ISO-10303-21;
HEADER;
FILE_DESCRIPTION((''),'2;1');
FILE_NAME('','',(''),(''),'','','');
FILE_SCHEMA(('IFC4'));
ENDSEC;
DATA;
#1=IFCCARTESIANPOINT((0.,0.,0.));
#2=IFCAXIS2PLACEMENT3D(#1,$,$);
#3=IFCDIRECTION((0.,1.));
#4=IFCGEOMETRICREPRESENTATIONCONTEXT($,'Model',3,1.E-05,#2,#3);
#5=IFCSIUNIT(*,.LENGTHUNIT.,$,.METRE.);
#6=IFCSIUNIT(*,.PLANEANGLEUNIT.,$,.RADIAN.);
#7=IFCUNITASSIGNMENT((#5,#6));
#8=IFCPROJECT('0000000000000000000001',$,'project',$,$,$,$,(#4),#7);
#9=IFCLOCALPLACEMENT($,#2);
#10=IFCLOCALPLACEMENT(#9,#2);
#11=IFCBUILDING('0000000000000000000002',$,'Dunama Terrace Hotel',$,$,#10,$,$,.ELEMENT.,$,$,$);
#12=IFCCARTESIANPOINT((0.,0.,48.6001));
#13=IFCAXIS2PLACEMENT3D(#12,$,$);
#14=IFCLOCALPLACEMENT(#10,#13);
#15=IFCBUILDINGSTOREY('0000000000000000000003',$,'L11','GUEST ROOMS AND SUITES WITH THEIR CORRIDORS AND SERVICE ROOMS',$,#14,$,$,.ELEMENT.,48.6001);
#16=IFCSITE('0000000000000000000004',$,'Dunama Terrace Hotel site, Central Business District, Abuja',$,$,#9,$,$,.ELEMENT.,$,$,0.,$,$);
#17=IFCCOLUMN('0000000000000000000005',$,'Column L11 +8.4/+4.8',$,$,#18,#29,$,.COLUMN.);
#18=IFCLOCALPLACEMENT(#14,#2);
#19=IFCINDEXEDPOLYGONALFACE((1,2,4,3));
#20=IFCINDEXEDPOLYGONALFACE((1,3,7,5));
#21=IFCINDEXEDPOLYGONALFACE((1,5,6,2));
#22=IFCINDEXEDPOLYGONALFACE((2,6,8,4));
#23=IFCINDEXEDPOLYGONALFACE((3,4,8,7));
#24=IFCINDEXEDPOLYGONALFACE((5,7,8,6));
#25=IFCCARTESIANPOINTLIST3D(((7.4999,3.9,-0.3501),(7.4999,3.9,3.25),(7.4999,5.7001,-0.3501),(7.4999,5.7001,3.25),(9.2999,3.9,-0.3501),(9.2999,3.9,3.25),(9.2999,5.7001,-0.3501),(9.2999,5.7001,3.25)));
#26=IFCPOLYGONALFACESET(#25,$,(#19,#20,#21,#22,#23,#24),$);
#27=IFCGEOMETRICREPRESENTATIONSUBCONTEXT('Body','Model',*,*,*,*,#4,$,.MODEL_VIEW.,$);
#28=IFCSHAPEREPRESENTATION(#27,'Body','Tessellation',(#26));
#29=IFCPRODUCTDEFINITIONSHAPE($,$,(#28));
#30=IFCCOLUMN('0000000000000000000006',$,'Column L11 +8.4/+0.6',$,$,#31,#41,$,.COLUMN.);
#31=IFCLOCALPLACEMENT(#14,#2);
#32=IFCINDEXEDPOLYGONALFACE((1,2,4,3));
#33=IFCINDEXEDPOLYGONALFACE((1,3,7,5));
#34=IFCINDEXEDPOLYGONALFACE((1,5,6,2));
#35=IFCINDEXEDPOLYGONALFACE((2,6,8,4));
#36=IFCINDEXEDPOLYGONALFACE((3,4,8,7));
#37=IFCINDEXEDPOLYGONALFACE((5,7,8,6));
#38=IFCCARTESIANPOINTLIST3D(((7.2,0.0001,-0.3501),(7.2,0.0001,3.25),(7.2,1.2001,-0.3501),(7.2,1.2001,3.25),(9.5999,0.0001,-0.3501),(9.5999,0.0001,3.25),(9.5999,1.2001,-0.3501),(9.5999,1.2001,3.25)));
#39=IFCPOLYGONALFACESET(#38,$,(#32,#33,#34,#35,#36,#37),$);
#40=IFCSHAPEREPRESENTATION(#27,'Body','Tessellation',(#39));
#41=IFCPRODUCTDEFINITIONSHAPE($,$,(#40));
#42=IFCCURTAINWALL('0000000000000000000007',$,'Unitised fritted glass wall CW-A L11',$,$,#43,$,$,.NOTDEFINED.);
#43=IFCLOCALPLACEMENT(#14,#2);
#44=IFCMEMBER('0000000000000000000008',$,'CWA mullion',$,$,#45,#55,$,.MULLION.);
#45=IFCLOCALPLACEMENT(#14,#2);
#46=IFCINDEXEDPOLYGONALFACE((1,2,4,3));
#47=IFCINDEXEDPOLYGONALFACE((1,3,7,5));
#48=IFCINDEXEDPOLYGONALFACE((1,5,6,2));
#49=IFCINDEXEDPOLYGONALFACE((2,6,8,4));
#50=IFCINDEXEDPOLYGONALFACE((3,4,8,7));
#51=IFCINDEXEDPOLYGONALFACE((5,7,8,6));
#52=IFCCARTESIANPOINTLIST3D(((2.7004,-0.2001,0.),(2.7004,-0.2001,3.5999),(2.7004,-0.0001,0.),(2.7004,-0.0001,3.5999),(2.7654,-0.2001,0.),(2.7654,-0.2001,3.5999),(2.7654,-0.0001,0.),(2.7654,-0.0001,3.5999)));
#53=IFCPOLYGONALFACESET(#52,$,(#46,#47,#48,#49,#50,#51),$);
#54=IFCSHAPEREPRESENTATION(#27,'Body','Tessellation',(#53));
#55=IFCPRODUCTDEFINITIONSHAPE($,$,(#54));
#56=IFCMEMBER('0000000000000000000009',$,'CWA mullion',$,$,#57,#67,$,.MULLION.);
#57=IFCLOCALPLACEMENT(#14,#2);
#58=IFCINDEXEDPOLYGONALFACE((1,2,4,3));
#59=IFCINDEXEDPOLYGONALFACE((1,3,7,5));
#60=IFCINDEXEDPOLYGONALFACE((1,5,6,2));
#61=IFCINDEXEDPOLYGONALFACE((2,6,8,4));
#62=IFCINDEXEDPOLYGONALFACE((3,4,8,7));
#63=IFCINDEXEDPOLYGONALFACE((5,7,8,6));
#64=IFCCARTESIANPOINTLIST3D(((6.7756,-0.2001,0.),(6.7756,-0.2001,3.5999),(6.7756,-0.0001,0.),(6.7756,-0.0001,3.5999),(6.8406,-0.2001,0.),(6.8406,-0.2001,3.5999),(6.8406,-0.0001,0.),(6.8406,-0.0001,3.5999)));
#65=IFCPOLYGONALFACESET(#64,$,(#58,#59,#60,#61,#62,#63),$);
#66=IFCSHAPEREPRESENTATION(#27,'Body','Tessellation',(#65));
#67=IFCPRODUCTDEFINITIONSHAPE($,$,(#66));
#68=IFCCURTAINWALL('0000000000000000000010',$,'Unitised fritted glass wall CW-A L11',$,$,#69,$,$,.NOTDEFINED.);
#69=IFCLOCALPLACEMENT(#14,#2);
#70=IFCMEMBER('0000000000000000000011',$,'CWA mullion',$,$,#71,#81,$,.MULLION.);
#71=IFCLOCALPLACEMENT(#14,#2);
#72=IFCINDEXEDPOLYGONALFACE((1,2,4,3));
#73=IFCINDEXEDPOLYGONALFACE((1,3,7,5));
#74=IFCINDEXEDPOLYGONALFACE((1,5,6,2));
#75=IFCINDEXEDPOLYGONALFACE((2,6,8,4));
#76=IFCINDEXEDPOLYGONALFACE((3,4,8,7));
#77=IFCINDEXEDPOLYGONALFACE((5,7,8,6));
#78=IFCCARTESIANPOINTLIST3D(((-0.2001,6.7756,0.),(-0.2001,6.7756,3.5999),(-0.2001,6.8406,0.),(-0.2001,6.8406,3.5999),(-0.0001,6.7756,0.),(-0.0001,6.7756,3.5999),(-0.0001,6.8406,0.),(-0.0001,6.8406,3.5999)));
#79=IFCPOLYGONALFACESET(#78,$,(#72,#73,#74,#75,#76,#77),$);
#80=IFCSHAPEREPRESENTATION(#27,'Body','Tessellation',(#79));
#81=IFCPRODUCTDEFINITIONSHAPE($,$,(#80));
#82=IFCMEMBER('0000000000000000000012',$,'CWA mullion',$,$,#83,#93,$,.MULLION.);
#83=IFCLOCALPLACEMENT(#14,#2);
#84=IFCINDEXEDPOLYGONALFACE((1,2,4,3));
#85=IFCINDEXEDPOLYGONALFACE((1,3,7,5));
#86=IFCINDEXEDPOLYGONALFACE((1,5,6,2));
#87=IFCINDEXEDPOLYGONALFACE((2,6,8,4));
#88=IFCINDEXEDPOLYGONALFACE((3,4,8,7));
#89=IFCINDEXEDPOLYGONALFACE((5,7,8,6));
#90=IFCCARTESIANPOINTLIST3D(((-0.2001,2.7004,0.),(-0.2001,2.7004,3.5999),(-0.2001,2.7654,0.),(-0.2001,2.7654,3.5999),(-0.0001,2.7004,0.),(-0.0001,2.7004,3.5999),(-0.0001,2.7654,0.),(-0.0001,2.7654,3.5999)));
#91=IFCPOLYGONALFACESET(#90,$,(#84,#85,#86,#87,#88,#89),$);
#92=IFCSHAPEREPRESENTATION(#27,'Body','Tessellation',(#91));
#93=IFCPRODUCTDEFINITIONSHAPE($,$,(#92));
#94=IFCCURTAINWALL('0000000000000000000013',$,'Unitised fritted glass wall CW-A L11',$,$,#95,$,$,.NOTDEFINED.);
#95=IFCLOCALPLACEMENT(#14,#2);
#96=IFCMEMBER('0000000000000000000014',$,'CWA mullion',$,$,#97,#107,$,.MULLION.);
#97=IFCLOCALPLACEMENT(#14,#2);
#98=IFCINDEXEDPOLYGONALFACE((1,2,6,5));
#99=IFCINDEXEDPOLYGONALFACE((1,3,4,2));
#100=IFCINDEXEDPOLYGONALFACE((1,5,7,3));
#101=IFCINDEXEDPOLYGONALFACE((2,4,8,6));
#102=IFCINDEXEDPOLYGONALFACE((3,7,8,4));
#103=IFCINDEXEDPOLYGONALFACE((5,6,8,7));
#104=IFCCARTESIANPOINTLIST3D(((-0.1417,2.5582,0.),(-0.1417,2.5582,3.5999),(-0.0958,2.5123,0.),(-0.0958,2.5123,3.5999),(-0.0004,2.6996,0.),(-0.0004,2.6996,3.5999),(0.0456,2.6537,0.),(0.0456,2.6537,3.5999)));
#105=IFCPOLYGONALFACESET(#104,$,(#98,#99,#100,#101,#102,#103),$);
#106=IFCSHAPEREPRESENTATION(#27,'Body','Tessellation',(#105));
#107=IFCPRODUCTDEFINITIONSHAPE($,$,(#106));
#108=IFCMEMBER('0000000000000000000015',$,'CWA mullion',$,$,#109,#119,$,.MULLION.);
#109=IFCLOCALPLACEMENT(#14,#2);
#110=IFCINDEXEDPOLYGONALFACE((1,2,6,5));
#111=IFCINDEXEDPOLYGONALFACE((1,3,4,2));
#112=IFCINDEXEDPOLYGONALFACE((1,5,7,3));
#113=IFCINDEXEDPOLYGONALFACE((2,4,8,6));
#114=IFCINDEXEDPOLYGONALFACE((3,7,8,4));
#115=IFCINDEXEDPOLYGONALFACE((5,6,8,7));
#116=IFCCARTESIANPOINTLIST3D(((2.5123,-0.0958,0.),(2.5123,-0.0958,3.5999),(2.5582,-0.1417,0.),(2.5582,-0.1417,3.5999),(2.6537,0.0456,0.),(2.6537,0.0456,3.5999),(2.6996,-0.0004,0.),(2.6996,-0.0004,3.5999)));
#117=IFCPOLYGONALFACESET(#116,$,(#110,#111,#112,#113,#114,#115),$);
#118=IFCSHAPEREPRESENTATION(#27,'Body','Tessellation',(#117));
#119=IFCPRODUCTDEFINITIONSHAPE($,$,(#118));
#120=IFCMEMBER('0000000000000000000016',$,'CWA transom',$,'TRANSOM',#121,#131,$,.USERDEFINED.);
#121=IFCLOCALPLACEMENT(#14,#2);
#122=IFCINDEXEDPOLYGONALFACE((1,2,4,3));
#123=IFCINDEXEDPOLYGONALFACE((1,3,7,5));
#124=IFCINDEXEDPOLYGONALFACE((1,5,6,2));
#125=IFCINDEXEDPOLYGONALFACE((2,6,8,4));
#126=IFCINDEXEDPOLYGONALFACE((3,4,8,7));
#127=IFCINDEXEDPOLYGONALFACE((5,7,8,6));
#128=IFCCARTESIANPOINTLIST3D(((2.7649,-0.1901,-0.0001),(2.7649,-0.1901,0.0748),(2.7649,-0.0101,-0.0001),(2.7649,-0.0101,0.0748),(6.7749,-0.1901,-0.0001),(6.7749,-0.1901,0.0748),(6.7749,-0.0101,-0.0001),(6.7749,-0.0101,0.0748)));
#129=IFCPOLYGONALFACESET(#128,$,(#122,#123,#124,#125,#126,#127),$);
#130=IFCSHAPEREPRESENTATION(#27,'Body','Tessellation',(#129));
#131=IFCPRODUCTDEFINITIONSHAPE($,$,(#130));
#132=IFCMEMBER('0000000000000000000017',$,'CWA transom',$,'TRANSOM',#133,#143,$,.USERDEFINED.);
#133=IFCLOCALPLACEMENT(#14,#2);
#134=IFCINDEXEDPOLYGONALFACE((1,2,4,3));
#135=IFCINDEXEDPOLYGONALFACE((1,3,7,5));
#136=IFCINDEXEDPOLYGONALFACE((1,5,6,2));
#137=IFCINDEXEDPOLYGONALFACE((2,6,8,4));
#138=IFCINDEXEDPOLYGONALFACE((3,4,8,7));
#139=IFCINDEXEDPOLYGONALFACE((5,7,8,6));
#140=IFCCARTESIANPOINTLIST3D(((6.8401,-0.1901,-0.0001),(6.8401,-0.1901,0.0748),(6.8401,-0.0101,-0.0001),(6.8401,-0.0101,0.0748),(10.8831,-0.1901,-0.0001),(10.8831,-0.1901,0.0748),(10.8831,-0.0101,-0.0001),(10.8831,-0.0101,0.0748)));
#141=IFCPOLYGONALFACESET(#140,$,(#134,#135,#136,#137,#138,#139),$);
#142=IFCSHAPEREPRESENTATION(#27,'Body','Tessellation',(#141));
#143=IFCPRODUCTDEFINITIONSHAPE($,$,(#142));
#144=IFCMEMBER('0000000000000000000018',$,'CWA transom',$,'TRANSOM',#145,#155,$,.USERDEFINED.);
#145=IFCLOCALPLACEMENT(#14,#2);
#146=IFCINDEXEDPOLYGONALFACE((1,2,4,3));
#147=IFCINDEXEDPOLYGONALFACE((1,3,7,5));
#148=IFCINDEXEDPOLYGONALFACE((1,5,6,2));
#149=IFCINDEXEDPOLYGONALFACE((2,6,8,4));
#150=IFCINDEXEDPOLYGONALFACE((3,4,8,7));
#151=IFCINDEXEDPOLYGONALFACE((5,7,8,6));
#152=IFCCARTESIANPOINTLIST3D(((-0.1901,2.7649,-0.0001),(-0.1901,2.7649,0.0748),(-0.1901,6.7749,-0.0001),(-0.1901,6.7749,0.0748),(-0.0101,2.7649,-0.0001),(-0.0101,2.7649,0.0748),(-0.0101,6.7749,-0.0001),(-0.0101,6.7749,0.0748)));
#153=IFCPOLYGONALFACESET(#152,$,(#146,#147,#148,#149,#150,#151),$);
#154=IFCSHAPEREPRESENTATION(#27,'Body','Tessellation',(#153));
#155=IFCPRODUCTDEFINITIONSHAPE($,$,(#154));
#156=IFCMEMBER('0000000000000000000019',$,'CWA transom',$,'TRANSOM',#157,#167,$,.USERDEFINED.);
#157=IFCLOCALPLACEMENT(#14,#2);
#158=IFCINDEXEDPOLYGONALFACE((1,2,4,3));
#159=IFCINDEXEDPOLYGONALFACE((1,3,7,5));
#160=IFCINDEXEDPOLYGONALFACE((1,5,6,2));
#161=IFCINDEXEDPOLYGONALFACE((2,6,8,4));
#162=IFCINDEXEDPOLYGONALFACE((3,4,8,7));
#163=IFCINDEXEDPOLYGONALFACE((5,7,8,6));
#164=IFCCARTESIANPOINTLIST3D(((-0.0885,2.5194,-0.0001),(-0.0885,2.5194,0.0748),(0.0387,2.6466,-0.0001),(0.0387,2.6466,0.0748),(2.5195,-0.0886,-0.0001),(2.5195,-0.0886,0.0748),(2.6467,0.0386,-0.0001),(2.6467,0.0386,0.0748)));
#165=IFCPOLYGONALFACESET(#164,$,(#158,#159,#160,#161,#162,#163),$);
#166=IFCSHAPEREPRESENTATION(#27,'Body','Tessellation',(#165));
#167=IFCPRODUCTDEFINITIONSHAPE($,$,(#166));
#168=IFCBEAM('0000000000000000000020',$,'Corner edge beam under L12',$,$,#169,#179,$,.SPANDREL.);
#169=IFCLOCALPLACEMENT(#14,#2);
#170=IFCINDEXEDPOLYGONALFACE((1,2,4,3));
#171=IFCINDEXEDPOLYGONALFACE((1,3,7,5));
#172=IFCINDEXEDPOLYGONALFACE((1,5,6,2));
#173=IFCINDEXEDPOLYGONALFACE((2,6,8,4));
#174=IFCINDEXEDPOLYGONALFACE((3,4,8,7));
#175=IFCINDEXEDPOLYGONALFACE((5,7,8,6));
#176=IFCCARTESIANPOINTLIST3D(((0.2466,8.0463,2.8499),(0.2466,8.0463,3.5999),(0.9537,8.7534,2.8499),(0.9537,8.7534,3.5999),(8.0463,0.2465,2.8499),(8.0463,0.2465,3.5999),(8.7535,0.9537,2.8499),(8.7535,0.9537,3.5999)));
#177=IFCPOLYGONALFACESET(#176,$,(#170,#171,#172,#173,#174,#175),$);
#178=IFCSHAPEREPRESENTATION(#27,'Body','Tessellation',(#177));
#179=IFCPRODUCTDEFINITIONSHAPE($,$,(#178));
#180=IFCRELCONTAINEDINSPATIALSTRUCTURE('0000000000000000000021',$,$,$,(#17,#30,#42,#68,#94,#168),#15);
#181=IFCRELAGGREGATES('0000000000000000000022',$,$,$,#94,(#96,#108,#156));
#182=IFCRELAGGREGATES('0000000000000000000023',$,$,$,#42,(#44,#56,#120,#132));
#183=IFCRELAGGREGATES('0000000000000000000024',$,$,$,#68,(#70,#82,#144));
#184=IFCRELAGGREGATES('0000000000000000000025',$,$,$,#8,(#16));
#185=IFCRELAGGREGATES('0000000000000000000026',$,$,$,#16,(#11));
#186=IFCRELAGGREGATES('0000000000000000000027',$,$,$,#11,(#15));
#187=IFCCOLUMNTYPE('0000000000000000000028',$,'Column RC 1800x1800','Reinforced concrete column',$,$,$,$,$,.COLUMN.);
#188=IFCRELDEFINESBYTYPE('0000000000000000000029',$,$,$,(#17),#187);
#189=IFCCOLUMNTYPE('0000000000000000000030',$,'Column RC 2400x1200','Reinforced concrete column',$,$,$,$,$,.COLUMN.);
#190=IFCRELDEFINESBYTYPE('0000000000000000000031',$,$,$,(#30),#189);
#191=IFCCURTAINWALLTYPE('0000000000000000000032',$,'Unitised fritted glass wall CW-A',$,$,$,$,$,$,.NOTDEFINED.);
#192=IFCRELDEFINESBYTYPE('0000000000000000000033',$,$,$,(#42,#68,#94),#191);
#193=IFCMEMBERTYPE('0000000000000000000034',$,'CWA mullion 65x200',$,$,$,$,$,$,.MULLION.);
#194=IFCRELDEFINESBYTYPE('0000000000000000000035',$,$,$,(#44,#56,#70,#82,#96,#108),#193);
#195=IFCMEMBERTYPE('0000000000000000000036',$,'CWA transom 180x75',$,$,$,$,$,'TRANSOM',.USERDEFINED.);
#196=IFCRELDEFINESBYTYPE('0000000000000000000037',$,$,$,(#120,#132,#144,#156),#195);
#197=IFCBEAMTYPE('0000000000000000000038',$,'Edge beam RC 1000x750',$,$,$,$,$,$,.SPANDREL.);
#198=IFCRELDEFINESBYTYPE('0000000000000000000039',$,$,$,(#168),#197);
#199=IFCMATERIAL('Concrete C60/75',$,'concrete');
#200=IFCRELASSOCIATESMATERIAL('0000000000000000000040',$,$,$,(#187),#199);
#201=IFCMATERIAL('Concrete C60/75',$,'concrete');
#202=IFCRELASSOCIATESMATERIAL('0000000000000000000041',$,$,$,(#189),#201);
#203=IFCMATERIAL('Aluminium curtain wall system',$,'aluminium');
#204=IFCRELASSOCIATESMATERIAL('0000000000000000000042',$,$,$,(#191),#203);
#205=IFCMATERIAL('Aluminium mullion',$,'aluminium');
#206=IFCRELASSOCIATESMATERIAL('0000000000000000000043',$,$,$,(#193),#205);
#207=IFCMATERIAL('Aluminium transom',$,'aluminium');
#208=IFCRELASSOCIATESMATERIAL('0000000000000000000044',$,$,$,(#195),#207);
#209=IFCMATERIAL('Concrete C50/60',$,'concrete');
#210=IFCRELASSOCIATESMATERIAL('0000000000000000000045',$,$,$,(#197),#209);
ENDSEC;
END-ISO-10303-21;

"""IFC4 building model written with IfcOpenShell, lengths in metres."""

from ifc_helpers import new_model, si_unit, direction, frame, origin, origin_2d, place, context, subcontext, project, spatial, rectangle, extrude, material, material_profile, profile_set, type_object, element, aggregate, save


model = new_model("IFC4")

# Units and contexts
model_context = context("Model", 3, precision=1e-05, world=origin(), true_north=direction((0.0, 1.0)))
body_context = subcontext(model_context, "Body", "Model", "MODEL_VIEW")
ifc_project = project(units=[si_unit("LENGTHUNIT", "METRE"), si_unit("PLANEANGLEUNIT", "RADIAN")], contexts=[model_context])

# Site, building, storey
site_placement = place(None, origin())
site = spatial("IfcSite", under=ifc_project, at=site_placement, Name="Dunama Terrace Hotel site, Central Business District, Abuja", CompositionType="ELEMENT", RefElevation=0.0)
building_placement = place(site_placement, origin())
building = spatial("IfcBuilding", under=site, at=building_placement, Name="Dunama Terrace Hotel", CompositionType="ELEMENT")
storey_placement = place(building_placement, frame((0.0, 0.0, 48.6001)))
storey = spatial("IfcBuildingStorey", under=building, at=storey_placement, Name="L11", Description="GUEST ROOMS AND SUITES WITH THEIR CORRIDORS AND SERVICE ROOMS", CompositionType="ELEMENT", Elevation=48.6001)

# Columns
ifc_material_1 = material(Name="Concrete C60/75", Category="concrete")
ifc_material_profile_1 = material_profile(ifc_material_1, rectangle(XDim=1.8, YDim=1.8, at=origin_2d()), Name="RC 1800x1800")
ifc_profile_set_1 = profile_set([ifc_material_profile_1], Name="Concrete C60/75")
column_type_1 = type_object("IfcColumnType", Name="Column RC 1800x1800", Description="Reinforced concrete column", PredefinedType="COLUMN", material=ifc_profile_set_1)
column_1_placement = place(storey_placement, frame((8.3999, 4.8, -0.3501), z_axis=(0.0, 0.0, 1.0), x_axis=(1.0, 0.0, 0.0)))
element("IfcColumn", 1, at=column_1_placement, inside=storey, type_object=column_type_1, Name="Column L11 +8.4/+4.8", PredefinedType="COLUMN", context=body_context, shape_type="SweptSolid", body=[
    extrude(rectangle(XDim=1.8, YDim=1.8, at=origin_2d()), origin(), (0.0, 0.0, 1.0), 3.6001),
])
ifc_material_2 = material(Name="Concrete C60/75", Category="concrete")
ifc_material_profile_2 = material_profile(ifc_material_2, rectangle(XDim=2.3999, YDim=1.2, at=origin_2d()), Name="RC 2400x1200")
ifc_profile_set_2 = profile_set([ifc_material_profile_2], Name="Concrete C60/75")
column_type_2 = type_object("IfcColumnType", Name="Column RC 2400x1200", Description="Reinforced concrete column", PredefinedType="COLUMN", material=ifc_profile_set_2)
column_2_placement = place(storey_placement, frame((8.3999, 0.6001, -0.3501), z_axis=(0.0, 0.0, 1.0), x_axis=(1.0, 0.0, 0.0)))
element("IfcColumn", 2, at=column_2_placement, inside=storey, type_object=column_type_2, Name="Column L11 +8.4/+0.6", PredefinedType="COLUMN", context=body_context, shape_type="SweptSolid", body=[
    extrude(rectangle(XDim=2.3999, YDim=1.2, at=origin_2d()), origin(), (0.0, 0.0, 1.0), 3.6001),
])

# Curtain walls, members
ifc_material_3 = material(Name="Aluminium curtain wall system", Category="aluminium")
curtain_wall_type = type_object("IfcCurtainWallType", Name="Unitised fritted glass wall CW-A", PredefinedType="NOTDEFINED", material=ifc_material_3)
curtain_wall_1_placement = place(storey_placement, origin())
curtain_wall_1 = element("IfcCurtainWall", 3, at=curtain_wall_1_placement, inside=storey, type_object=curtain_wall_type, Name="Unitised fritted glass wall CW-A L11", PredefinedType="NOTDEFINED")
ifc_material_4 = material(Name="Aluminium mullion", Category="aluminium")
ifc_material_profile_3 = material_profile(ifc_material_4, rectangle(XDim=0.0649, YDim=0.2, at=origin_2d()), Name="CWA MULLION 65X200")
ifc_profile_set_3 = profile_set([ifc_material_profile_3], Name="Aluminium mullion")
member_type_1 = type_object("IfcMemberType", Name="CWA mullion 65x200", PredefinedType="MULLION", material=ifc_profile_set_3)
member_1_placement = place(storey_placement, frame((2.7329, -0.1001, 0.0), z_axis=(0.0, 0.0, 1.0), x_axis=(1.0, 0.0, 0.0)))
member_1 = element("IfcMember", 4, at=member_1_placement, type_object=member_type_1, Name="CWA mullion", PredefinedType="MULLION", context=body_context, shape_type="SweptSolid", body=[
    extrude(rectangle(XDim=0.0649, YDim=0.2, at=origin_2d()), origin(), (0.0, 0.0, 1.0), 3.5999),
])
member_2_placement = place(storey_placement, frame((6.8081, -0.1001, 0.0), z_axis=(0.0, 0.0, 1.0), x_axis=(1.0, 0.0, 0.0)))
member_2 = element("IfcMember", 5, at=member_2_placement, type_object=member_type_1, Name="CWA mullion", PredefinedType="MULLION", context=body_context, shape_type="SweptSolid", body=[
    extrude(rectangle(XDim=0.0649, YDim=0.2, at=origin_2d()), origin(), (0.0, 0.0, 1.0), 3.5999),
])
curtain_wall_2_placement = place(storey_placement, origin())
curtain_wall_2 = element("IfcCurtainWall", 6, at=curtain_wall_2_placement, inside=storey, type_object=curtain_wall_type, Name="Unitised fritted glass wall CW-A L11", PredefinedType="NOTDEFINED")
member_3_placement = place(storey_placement, frame((-0.1001, 6.8081, 0.0), z_axis=(0.0, 0.0, 1.0), x_axis=(0.0, -1.0, 0.0)))
member_3 = element("IfcMember", 7, at=member_3_placement, type_object=member_type_1, Name="CWA mullion", PredefinedType="MULLION", context=body_context, shape_type="SweptSolid", body=[
    extrude(rectangle(XDim=0.0649, YDim=0.2, at=origin_2d()), origin(), (0.0, 0.0, 1.0), 3.5999),
])
member_4_placement = place(storey_placement, frame((-0.1001, 2.7329, 0.0), z_axis=(0.0, 0.0, 1.0), x_axis=(0.0, -1.0, 0.0)))
member_4 = element("IfcMember", 8, at=member_4_placement, type_object=member_type_1, Name="CWA mullion", PredefinedType="MULLION", context=body_context, shape_type="SweptSolid", body=[
    extrude(rectangle(XDim=0.0649, YDim=0.2, at=origin_2d()), origin(), (0.0, 0.0, 1.0), 3.5999),
])
curtain_wall_3_placement = place(storey_placement, origin())
curtain_wall_3 = element("IfcCurtainWall", 9, at=curtain_wall_3_placement, inside=storey, type_object=curtain_wall_type, Name="Unitised fritted glass wall CW-A L11", PredefinedType="NOTDEFINED")
member_5_placement = place(storey_placement, frame((-0.0481, 2.606, 0.0), z_axis=(0.0, 0.0, 1.0), x_axis=(0.707107, -0.707107, 0.0)))
member_5 = element("IfcMember", 10, at=member_5_placement, type_object=member_type_1, Name="CWA mullion", PredefinedType="MULLION", context=body_context, shape_type="SweptSolid", body=[
    extrude(rectangle(XDim=0.0649, YDim=0.2, at=origin_2d()), origin(), (0.0, 0.0, 1.0), 3.5999),
])
member_6_placement = place(storey_placement, frame((2.606, -0.0481, 0.0), z_axis=(0.0, 0.0, 1.0), x_axis=(0.707107, -0.707107, 0.0)))
member_6 = element("IfcMember", 11, at=member_6_placement, type_object=member_type_1, Name="CWA mullion", PredefinedType="MULLION", context=body_context, shape_type="SweptSolid", body=[
    extrude(rectangle(XDim=0.0649, YDim=0.2, at=origin_2d()), origin(), (0.0, 0.0, 1.0), 3.5999),
])

# Members
ifc_material_5 = material(Name="Aluminium transom", Category="aluminium")
ifc_material_profile_4 = material_profile(ifc_material_5, rectangle(XDim=0.1799, YDim=0.075, at=origin_2d()), Name="CWA TRANSOM 180X75")
ifc_profile_set_4 = profile_set([ifc_material_profile_4], Name="Aluminium transom")
member_type_2 = type_object("IfcMemberType", Name="CWA transom 180x75", ElementType="TRANSOM", PredefinedType="USERDEFINED", material=ifc_profile_set_4)
member_7_placement = place(storey_placement, frame((2.7649, -0.1001, 0.0374), z_axis=(1.0, 0.0, 0.0), x_axis=(0.0, 1.0, 0.0)))
member_7 = element("IfcMember", 12, at=member_7_placement, type_object=member_type_2, Name="CWA transom", ObjectType="TRANSOM", PredefinedType="USERDEFINED", context=body_context, shape_type="SweptSolid", body=[
    extrude(rectangle(XDim=0.1799, YDim=0.075, at=origin_2d()), origin(), (0.0, 0.0, 1.0), 4.01),
])
member_8_placement = place(storey_placement, frame((6.8401, -0.1001, 0.0374), z_axis=(1.0, 0.0, 0.0), x_axis=(0.0, 1.0, 0.0)))
member_8 = element("IfcMember", 13, at=member_8_placement, type_object=member_type_2, Name="CWA transom", ObjectType="TRANSOM", PredefinedType="USERDEFINED", context=body_context, shape_type="SweptSolid", body=[
    extrude(rectangle(XDim=0.1799, YDim=0.075, at=origin_2d()), origin(), (0.0, 0.0, 1.0), 4.043),
])
member_9_placement = place(storey_placement, frame((-0.1001, 6.7749, 0.0374), z_axis=(0.0, -1.0, 0.0), x_axis=(1.0, 0.0, 0.0)))
member_9 = element("IfcMember", 14, at=member_9_placement, type_object=member_type_2, Name="CWA transom", ObjectType="TRANSOM", PredefinedType="USERDEFINED", context=body_context, shape_type="SweptSolid", body=[
    extrude(rectangle(XDim=0.1799, YDim=0.075, at=origin_2d()), origin(), (0.0, 0.0, 1.0), 4.01),
])
member_10_placement = place(storey_placement, frame((-0.0249, 2.583, 0.0374), z_axis=(0.707107, -0.707107, 0.0), x_axis=(0.707107, 0.707107, 0.0)))
member_10 = element("IfcMember", 15, at=member_10_placement, type_object=member_type_2, Name="CWA transom", ObjectType="TRANSOM", PredefinedType="USERDEFINED", context=body_context, shape_type="SweptSolid", body=[
    extrude(rectangle(XDim=0.1799, YDim=0.075, at=origin_2d()), origin(), (0.0, 0.0, 1.0), 3.6882),
])

# Beam
ifc_material_6 = material(Name="Concrete C50/60", Category="concrete")
ifc_material_profile_5 = material_profile(ifc_material_6, rectangle(XDim=1.0, YDim=0.75, at=origin_2d()), Name="RC 1000x750")
ifc_profile_set_5 = profile_set([ifc_material_profile_5], Name="Concrete C50/60")
beam_type_1 = type_object("IfcBeamType", Name="Edge beam RC 1000x750", PredefinedType="SPANDREL", material=ifc_profile_set_5)
beam_1_placement = place(storey_placement, frame((8.3999, 0.6001, 3.2249), z_axis=(-0.707107, 0.707107, 0.0), x_axis=(-0.707107, -0.707107, 0.0)))
element("IfcBeam", 16, at=beam_1_placement, inside=storey, type_object=beam_type_1, Name="Corner edge beam under L12", PredefinedType="SPANDREL", context=body_context, shape_type="SweptSolid", body=[
    extrude(rectangle(XDim=1.0, YDim=0.75, at=origin_2d()), origin(), (0.0, 0.0, 1.0), 11.0305),
])

aggregate(curtain_wall_3, [member_5, member_6, member_10])
aggregate(curtain_wall_1, [member_1, member_2, member_7, member_8])
aggregate(curtain_wall_2, [member_3, member_4, member_9])

save(model, "model.ifc")
